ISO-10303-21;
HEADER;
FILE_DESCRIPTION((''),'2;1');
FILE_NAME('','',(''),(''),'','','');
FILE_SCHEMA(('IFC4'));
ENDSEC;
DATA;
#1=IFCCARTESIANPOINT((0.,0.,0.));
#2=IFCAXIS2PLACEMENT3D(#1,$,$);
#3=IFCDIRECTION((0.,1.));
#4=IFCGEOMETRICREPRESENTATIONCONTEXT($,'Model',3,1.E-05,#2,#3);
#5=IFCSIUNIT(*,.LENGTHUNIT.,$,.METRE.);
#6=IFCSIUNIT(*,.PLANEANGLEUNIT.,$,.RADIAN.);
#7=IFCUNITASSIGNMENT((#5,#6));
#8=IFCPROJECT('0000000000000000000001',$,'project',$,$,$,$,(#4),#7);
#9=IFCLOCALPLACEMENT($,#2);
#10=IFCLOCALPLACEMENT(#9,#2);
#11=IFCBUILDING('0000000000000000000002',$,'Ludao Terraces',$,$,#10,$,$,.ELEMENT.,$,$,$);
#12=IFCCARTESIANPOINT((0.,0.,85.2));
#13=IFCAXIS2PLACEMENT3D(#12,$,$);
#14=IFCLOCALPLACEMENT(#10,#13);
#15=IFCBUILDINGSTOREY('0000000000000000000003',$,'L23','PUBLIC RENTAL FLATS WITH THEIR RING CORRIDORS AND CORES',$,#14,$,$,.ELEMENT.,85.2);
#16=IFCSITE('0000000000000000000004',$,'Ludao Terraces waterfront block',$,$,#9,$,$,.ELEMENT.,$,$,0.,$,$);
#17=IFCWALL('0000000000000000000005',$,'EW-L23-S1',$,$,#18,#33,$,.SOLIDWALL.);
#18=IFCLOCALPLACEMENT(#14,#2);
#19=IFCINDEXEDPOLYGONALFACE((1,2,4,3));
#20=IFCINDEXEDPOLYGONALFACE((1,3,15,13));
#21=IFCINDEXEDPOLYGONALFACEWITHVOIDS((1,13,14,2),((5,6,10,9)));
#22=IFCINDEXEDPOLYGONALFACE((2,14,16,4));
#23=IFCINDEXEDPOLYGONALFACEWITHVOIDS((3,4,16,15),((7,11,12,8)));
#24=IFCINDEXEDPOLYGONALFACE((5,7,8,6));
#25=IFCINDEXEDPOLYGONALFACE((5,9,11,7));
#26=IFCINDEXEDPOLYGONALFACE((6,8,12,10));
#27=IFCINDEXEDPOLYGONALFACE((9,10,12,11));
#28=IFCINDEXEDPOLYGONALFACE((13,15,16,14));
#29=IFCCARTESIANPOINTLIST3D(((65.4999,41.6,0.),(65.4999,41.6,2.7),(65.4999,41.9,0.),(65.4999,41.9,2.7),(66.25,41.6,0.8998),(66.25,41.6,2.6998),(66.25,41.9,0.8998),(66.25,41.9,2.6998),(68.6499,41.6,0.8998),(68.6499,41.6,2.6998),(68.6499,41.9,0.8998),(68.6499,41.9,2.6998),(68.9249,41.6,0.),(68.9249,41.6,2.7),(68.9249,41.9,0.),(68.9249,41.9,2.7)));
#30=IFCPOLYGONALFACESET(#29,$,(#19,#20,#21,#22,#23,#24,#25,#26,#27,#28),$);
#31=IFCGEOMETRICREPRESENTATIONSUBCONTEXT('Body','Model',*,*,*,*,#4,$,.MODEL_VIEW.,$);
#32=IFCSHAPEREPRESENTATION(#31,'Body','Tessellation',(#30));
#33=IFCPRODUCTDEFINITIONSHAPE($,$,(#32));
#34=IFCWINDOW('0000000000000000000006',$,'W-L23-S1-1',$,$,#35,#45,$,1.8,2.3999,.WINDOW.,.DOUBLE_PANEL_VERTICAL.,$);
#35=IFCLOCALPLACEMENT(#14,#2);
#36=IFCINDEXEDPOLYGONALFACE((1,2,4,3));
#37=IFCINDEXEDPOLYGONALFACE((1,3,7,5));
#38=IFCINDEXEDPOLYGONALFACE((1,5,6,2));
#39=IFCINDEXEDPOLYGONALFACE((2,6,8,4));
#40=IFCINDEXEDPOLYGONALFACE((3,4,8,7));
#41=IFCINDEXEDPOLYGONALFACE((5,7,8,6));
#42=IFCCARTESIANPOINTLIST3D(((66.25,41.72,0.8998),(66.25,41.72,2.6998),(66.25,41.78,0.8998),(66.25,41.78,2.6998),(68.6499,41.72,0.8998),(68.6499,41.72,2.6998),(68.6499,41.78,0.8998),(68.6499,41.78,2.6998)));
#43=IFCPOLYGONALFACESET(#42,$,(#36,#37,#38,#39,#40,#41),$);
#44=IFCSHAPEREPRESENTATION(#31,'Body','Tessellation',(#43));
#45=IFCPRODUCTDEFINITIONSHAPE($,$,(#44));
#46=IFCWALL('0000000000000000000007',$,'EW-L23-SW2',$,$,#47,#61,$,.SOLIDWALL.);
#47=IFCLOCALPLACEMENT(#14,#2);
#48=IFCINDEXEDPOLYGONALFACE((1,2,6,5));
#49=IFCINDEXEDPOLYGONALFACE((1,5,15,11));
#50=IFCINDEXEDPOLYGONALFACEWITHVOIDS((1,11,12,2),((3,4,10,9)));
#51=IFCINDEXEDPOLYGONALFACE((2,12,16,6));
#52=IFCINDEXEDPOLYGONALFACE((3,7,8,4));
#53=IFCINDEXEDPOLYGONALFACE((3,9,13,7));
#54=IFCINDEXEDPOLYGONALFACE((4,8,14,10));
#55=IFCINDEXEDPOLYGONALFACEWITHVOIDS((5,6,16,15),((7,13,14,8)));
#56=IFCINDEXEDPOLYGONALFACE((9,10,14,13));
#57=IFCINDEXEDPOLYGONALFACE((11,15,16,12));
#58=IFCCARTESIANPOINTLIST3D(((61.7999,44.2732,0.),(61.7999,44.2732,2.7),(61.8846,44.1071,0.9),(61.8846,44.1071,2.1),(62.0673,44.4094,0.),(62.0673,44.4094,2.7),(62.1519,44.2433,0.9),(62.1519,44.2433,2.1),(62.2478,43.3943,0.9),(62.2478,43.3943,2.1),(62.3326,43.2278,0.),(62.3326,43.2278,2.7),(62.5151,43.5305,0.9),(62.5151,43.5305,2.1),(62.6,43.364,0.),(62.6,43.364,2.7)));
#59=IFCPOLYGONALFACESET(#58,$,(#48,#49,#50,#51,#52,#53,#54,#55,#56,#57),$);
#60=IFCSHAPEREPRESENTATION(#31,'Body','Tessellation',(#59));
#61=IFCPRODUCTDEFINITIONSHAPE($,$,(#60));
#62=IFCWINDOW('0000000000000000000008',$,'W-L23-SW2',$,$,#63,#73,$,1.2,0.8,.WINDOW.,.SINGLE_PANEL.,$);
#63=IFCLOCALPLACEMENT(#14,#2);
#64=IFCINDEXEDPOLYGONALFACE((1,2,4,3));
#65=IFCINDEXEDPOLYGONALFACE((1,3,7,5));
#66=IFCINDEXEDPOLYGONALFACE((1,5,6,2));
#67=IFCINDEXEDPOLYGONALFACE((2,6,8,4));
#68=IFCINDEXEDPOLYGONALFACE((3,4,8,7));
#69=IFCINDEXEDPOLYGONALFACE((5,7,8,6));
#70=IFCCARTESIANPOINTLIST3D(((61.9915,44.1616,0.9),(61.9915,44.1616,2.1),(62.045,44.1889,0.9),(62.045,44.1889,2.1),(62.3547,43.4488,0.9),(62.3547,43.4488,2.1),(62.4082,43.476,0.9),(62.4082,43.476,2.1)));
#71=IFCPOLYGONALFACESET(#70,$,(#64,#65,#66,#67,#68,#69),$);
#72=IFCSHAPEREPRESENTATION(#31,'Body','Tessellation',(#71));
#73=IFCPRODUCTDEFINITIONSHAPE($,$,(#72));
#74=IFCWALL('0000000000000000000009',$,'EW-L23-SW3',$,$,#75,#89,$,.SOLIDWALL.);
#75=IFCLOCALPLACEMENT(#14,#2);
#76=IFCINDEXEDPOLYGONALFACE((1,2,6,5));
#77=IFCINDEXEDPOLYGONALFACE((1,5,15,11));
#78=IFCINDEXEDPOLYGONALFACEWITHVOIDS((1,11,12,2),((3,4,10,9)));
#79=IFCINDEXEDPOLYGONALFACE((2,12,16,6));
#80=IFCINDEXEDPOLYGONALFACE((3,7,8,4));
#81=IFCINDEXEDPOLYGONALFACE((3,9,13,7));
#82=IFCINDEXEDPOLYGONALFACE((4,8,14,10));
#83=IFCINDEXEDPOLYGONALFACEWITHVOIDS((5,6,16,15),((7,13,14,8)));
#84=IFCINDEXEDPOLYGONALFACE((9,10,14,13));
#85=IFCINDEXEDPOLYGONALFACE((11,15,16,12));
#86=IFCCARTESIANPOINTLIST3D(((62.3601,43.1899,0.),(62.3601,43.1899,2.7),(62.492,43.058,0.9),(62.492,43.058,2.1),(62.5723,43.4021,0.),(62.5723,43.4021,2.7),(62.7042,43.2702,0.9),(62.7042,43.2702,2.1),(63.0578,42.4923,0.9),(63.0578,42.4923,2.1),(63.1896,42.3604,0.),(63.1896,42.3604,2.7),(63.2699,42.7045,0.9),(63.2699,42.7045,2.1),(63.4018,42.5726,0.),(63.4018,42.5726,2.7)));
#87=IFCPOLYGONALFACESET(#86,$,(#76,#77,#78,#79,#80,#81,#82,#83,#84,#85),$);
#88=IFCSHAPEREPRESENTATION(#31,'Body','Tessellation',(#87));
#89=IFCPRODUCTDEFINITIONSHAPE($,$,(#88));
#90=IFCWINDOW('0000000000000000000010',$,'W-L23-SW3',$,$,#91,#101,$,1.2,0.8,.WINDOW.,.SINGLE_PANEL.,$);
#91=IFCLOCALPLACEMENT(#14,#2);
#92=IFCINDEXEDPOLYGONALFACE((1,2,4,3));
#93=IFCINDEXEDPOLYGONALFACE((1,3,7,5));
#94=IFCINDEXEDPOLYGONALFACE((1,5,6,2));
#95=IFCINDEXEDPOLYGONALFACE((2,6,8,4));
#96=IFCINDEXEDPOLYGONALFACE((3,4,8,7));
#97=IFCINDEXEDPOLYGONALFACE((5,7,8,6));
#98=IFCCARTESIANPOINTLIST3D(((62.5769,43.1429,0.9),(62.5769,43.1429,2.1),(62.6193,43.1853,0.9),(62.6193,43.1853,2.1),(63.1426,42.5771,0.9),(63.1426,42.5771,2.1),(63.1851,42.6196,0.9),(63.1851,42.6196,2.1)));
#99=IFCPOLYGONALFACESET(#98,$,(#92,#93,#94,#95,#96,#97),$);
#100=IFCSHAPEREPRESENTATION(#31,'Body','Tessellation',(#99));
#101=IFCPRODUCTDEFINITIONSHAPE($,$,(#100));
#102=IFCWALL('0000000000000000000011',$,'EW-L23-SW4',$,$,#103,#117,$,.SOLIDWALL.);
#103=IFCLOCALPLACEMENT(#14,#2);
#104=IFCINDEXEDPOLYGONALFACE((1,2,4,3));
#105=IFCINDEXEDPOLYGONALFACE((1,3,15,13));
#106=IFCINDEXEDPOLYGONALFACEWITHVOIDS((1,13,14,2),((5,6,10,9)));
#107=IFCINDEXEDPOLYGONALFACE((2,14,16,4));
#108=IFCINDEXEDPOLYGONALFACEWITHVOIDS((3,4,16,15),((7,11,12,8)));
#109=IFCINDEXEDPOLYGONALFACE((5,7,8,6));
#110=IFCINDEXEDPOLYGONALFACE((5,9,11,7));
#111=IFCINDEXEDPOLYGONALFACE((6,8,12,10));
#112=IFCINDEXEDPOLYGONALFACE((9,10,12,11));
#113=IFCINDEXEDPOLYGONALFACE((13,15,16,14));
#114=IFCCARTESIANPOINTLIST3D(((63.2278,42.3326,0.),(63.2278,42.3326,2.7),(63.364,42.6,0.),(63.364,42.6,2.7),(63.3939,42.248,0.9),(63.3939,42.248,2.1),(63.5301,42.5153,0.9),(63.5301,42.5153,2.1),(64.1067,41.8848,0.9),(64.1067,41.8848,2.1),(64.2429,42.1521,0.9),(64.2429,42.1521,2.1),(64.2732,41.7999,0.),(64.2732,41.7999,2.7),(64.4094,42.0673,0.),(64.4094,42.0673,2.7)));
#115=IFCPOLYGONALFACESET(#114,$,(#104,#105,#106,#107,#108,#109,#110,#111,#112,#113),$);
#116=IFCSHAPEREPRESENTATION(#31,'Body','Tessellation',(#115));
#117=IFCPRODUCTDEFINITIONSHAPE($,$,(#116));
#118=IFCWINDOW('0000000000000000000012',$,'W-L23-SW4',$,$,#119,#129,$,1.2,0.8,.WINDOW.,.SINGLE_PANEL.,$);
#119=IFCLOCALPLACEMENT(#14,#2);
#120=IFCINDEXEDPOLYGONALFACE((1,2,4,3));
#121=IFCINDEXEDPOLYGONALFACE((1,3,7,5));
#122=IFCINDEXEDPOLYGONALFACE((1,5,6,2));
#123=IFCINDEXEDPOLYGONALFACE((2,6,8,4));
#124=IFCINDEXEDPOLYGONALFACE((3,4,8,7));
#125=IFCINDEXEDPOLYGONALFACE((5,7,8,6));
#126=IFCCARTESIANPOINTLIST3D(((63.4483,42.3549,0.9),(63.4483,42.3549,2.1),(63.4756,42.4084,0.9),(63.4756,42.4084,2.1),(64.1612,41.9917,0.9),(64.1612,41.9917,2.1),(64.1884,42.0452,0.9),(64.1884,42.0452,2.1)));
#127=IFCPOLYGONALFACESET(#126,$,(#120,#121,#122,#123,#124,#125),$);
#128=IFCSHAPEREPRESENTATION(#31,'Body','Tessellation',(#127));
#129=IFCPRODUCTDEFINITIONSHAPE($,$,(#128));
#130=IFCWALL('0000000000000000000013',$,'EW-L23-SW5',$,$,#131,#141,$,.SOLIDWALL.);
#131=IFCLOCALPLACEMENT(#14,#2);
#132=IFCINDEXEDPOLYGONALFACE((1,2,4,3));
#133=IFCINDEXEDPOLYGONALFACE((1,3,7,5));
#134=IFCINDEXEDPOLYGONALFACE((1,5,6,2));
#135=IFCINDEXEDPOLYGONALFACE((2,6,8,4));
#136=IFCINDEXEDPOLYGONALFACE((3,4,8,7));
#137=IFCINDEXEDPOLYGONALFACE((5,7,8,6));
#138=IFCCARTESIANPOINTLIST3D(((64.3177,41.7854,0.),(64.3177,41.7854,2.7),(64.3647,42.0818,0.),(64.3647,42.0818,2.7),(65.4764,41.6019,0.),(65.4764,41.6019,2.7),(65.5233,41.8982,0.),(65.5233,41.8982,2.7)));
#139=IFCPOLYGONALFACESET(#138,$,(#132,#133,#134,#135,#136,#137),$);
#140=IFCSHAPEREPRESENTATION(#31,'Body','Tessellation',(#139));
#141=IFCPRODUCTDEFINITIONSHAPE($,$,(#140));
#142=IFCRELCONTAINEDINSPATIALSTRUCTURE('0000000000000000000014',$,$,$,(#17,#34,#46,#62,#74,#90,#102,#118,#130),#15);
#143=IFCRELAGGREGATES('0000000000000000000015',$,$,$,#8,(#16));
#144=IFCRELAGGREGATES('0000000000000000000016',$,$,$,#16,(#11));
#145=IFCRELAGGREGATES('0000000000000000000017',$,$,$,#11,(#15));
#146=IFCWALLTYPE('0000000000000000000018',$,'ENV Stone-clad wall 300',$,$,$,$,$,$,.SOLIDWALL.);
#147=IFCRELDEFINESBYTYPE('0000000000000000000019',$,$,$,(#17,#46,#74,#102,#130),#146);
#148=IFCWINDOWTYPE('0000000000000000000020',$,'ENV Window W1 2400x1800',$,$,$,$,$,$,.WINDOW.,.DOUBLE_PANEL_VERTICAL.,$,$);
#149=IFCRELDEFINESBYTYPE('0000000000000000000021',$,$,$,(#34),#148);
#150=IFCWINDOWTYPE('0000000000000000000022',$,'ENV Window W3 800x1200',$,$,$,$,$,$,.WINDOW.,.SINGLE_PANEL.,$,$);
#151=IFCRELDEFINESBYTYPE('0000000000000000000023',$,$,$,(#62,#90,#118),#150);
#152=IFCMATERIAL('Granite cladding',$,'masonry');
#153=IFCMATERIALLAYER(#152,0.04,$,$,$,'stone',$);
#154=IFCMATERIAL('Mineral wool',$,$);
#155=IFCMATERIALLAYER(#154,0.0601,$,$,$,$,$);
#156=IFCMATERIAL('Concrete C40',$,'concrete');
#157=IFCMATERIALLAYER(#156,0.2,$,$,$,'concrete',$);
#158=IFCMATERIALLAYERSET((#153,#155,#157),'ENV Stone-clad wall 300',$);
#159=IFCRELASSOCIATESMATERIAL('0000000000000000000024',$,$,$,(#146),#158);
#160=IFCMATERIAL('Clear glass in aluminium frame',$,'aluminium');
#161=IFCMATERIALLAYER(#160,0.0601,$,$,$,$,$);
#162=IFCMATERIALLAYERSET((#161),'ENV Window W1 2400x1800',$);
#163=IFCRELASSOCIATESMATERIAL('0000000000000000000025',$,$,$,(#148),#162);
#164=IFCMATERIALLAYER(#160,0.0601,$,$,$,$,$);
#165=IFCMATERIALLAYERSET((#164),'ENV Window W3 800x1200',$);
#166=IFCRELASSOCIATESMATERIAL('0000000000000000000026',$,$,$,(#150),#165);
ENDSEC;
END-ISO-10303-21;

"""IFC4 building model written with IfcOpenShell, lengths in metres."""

from ifc_helpers import new_model, si_unit, direction, frame, frame_2d, origin, place, context, subcontext, project, spatial, rectangle, extrude, material, layer, layer_set, type_object, element, fill, save


model = new_model("IFC4")

# Units and contexts
model_context = context("Model", 3, precision=1e-05, world=origin(), true_north=direction((0.0, 1.0)))
body_context = subcontext(model_context, "Body", "Model", "MODEL_VIEW")
ifc_project = project(units=[si_unit("LENGTHUNIT", "METRE"), si_unit("PLANEANGLEUNIT", "RADIAN")], contexts=[model_context])

# Site, building, storey
site_placement = place(None, origin())
site = spatial("IfcSite", under=ifc_project, at=site_placement, Name="Ludao Terraces waterfront block", CompositionType="ELEMENT", RefElevation=0.0)
building_placement = place(site_placement, origin())
building = spatial("IfcBuilding", under=site, at=building_placement, Name="Ludao Terraces", CompositionType="ELEMENT")
storey_placement = place(building_placement, frame((0.0, 0.0, 85.2)))
storey = spatial("IfcBuildingStorey", under=building, at=storey_placement, Name="L23", Description="PUBLIC RENTAL FLATS WITH THEIR RING CORRIDORS AND CORES", CompositionType="ELEMENT", Elevation=85.2)

# Walls, openings, windows
ifc_material_1 = material(Name="Granite cladding", Category="masonry")
ifc_layer_1 = layer(ifc_material_1, 0.04, Category="stone")
ifc_material_2 = material(Name="Mineral wool")
ifc_layer_2 = layer(ifc_material_2, 0.0601)
ifc_material_3 = material(Name="Concrete C40", Category="concrete")
ifc_layer_3 = layer(ifc_material_3, 0.2, Category="concrete")
ifc_layer_set_1 = layer_set([ifc_layer_1, ifc_layer_2, ifc_layer_3], Name="ENV Stone-clad wall 300")
wall_type_1 = type_object("IfcWallType", Name="ENV Stone-clad wall 300", PredefinedType="SOLIDWALL", material=ifc_layer_set_1)
wall_1_placement = place(storey_placement, frame((65.5, 41.75, 0.0), z_axis=(0.0, 0.0, 1.0), x_axis=(1.0, 0.0, 0.0)))
wall_1 = element("IfcWall", 1, at=wall_1_placement, inside=storey, type_object=wall_type_1, Name="EW-L23-S1", PredefinedType="SOLIDWALL", context=body_context, shape_type="SweptSolid", body=[
    extrude(rectangle(XDim=3.425, YDim=0.3, at=frame_2d((1.7124, 0.0))), origin(), (0.0, 0.0, 1.0), 2.7),
])
opening_1_placement = place(wall_1_placement, frame((0.75, 0.0, 0.8999)))
opening_1 = element("IfcOpeningElement", 2, at=opening_1_placement, cuts=wall_1, PredefinedType="OPENING", context=body_context, shape_type="SweptSolid", body=[
    extrude(rectangle(XDim=2.3999, YDim=1.8, at=frame_2d((1.2, 0.8999))), frame((0.0, 0.1602, 0.0), z_axis=(0.0, -1.0, 0.0), x_axis=(1.0, 0.0, 0.0)), (0.0, 0.0, 1.0), 0.3201),
])
ifc_material_4 = material(Name="Clear glass in aluminium frame", Category="aluminium")
ifc_layer_4 = layer(ifc_material_4, 0.0601)
ifc_layer_set_2 = layer_set([ifc_layer_4], Name="ENV Window W1 2400x1800")
window_type_1 = type_object("IfcWindowType", Name="ENV Window W1 2400x1800", PartitioningType="DOUBLE_PANEL_VERTICAL", PredefinedType="WINDOW", material=ifc_layer_set_2)
window_1_placement = place(opening_1_placement, origin())
window_1 = element("IfcWindow", 3, at=window_1_placement, inside=storey, type_object=window_type_1, Name="W-L23-S1-1", OverallHeight=1.8, OverallWidth=2.3999, PartitioningType="DOUBLE_PANEL_VERTICAL", PredefinedType="WINDOW", context=body_context, shape_type="SweptSolid", body=[
    extrude(rectangle(XDim=2.3999, YDim=1.8, at=frame_2d((1.2, 0.8999))), frame((0.0, 0.03, 0.0), z_axis=(0.0, -1.0, 0.0), x_axis=(1.0, 0.0, 0.0)), (0.0, 0.0, 1.0), 0.0601),
])
fill(opening_1, window_1)
wall_2_placement = place(storey_placement, frame((61.9336, 44.3413, 0.0), z_axis=(0.0, 0.0, 1.0), x_axis=(0.454026, -0.890989, 0.0)))
wall_2 = element("IfcWall", 4, at=wall_2_placement, inside=storey, type_object=wall_type_1, Name="EW-L23-SW2", PredefinedType="SOLIDWALL", context=body_context, shape_type="SweptSolid", body=[
    extrude(rectangle(XDim=1.1733, YDim=0.3, at=frame_2d((0.5867, 0.0))), origin(), (0.0, 0.0, 1.0), 2.7),
])
opening_2_placement = place(wall_2_placement, frame((0.1865, 0.0, 0.8999)))
opening_2 = element("IfcOpeningElement", 5, at=opening_2_placement, cuts=wall_2, PredefinedType="OPENING", context=body_context, shape_type="SweptSolid", body=[
    extrude(rectangle(XDim=0.8, YDim=1.2, at=frame_2d((0.3999, 0.6001))), frame((0.0, 0.1602, 0.0), z_axis=(0.0, -1.0, 0.0), x_axis=(1.0, 0.0, 0.0)), (0.0, 0.0, 1.0), 0.3201),
])
ifc_layer_5 = layer(ifc_material_4, 0.0601)
ifc_layer_set_3 = layer_set([ifc_layer_5], Name="ENV Window W3 800x1200")
window_type_2 = type_object("IfcWindowType", Name="ENV Window W3 800x1200", PartitioningType="SINGLE_PANEL", PredefinedType="WINDOW", material=ifc_layer_set_3)
window_2_placement = place(opening_2_placement, origin())
window_2 = element("IfcWindow", 6, at=window_2_placement, inside=storey, type_object=window_type_2, Name="W-L23-SW2", OverallHeight=1.2, OverallWidth=0.8, PartitioningType="SINGLE_PANEL", PredefinedType="WINDOW", context=body_context, shape_type="SweptSolid", body=[
    extrude(rectangle(XDim=0.8, YDim=1.2, at=frame_2d((0.3999, 0.6001))), frame((0.0, 0.03, 0.0), z_axis=(0.0, -1.0, 0.0), x_axis=(1.0, 0.0, 0.0)), (0.0, 0.0, 1.0), 0.0601),
])
fill(opening_2, window_2)
wall_3_placement = place(storey_placement, frame((62.4663, 43.2959, 0.0), z_axis=(0.0, 0.0, 1.0), x_axis=(0.707107, -0.707107, 0.0)))
wall_3 = element("IfcWall", 7, at=wall_3_placement, inside=storey, type_object=wall_type_1, Name="EW-L23-SW3", PredefinedType="SOLIDWALL", context=body_context, shape_type="SweptSolid", body=[
    extrude(rectangle(XDim=1.1731, YDim=0.3, at=frame_2d((0.5864, 0.0))), origin(), (0.0, 0.0, 1.0), 2.7),
])
opening_3_placement = place(wall_3_placement, frame((0.1865, 0.0, 0.8999)))
opening_3 = element("IfcOpeningElement", 8, at=opening_3_placement, cuts=wall_3, PredefinedType="OPENING", context=body_context, shape_type="SweptSolid", body=[
    extrude(rectangle(XDim=0.8, YDim=1.2, at=frame_2d((0.3999, 0.6001))), frame((0.0, 0.1602, 0.0), z_axis=(0.0, -1.0, 0.0), x_axis=(1.0, 0.0, 0.0)), (0.0, 0.0, 1.0), 0.3201),
])
window_3_placement = place(opening_3_placement, origin())
window_3 = element("IfcWindow", 9, at=window_3_placement, inside=storey, type_object=window_type_2, Name="W-L23-SW3", OverallHeight=1.2, OverallWidth=0.8, PartitioningType="SINGLE_PANEL", PredefinedType="WINDOW", context=body_context, shape_type="SweptSolid", body=[
    extrude(rectangle(XDim=0.8, YDim=1.2, at=frame_2d((0.3999, 0.6001))), frame((0.0, 0.03, 0.0), z_axis=(0.0, -1.0, 0.0), x_axis=(1.0, 0.0, 0.0)), (0.0, 0.0, 1.0), 0.0601),
])
fill(opening_3, window_3)
wall_4_placement = place(storey_placement, frame((63.2959, 42.4663, 0.0), z_axis=(0.0, 0.0, 1.0), x_axis=(0.890989, -0.454026, 0.0)))
wall_4 = element("IfcWall", 10, at=wall_4_placement, inside=storey, type_object=wall_type_1, Name="EW-L23-SW4", PredefinedType="SOLIDWALL", context=body_context, shape_type="SweptSolid", body=[
    extrude(rectangle(XDim=1.1733, YDim=0.3, at=frame_2d((0.5867, 0.0))), origin(), (0.0, 0.0, 1.0), 2.7),
])
opening_4_placement = place(wall_4_placement, frame((0.1865, 0.0, 0.8999)))
opening_4 = element("IfcOpeningElement", 11, at=opening_4_placement, cuts=wall_4, PredefinedType="OPENING", context=body_context, shape_type="SweptSolid", body=[
    extrude(rectangle(XDim=0.8, YDim=1.2, at=frame_2d((0.3999, 0.6001))), frame((0.0, 0.1602, 0.0), z_axis=(0.0, -1.0, 0.0), x_axis=(1.0, 0.0, 0.0)), (0.0, 0.0, 1.0), 0.3201),
])
window_4_placement = place(opening_4_placement, origin())
window_4 = element("IfcWindow", 12, at=window_4_placement, inside=storey, type_object=window_type_2, Name="W-L23-SW4", OverallHeight=1.2, OverallWidth=0.8, PartitioningType="SINGLE_PANEL", PredefinedType="WINDOW", context=body_context, shape_type="SweptSolid", body=[
    extrude(rectangle(XDim=0.8, YDim=1.2, at=frame_2d((0.3999, 0.6001))), frame((0.0, 0.03, 0.0), z_axis=(0.0, -1.0, 0.0), x_axis=(1.0, 0.0, 0.0)), (0.0, 0.0, 1.0), 0.0601),
])
fill(opening_4, window_4)

# Wall
wall_5_placement = place(storey_placement, frame((64.3413, 41.9336, 0.0), z_axis=(0.0, 0.0, 1.0), x_axis=(0.987678, -0.156497, 0.0)))
element("IfcWall", 13, at=wall_5_placement, inside=storey, type_object=wall_type_1, Name="EW-L23-SW5", PredefinedType="SOLIDWALL", context=body_context, shape_type="SweptSolid", body=[
    extrude(rectangle(XDim=1.1731, YDim=0.3, at=frame_2d((0.5864, 0.0))), origin(), (0.0, 0.0, 1.0), 2.7),
])

save(model, "model.ifc")
